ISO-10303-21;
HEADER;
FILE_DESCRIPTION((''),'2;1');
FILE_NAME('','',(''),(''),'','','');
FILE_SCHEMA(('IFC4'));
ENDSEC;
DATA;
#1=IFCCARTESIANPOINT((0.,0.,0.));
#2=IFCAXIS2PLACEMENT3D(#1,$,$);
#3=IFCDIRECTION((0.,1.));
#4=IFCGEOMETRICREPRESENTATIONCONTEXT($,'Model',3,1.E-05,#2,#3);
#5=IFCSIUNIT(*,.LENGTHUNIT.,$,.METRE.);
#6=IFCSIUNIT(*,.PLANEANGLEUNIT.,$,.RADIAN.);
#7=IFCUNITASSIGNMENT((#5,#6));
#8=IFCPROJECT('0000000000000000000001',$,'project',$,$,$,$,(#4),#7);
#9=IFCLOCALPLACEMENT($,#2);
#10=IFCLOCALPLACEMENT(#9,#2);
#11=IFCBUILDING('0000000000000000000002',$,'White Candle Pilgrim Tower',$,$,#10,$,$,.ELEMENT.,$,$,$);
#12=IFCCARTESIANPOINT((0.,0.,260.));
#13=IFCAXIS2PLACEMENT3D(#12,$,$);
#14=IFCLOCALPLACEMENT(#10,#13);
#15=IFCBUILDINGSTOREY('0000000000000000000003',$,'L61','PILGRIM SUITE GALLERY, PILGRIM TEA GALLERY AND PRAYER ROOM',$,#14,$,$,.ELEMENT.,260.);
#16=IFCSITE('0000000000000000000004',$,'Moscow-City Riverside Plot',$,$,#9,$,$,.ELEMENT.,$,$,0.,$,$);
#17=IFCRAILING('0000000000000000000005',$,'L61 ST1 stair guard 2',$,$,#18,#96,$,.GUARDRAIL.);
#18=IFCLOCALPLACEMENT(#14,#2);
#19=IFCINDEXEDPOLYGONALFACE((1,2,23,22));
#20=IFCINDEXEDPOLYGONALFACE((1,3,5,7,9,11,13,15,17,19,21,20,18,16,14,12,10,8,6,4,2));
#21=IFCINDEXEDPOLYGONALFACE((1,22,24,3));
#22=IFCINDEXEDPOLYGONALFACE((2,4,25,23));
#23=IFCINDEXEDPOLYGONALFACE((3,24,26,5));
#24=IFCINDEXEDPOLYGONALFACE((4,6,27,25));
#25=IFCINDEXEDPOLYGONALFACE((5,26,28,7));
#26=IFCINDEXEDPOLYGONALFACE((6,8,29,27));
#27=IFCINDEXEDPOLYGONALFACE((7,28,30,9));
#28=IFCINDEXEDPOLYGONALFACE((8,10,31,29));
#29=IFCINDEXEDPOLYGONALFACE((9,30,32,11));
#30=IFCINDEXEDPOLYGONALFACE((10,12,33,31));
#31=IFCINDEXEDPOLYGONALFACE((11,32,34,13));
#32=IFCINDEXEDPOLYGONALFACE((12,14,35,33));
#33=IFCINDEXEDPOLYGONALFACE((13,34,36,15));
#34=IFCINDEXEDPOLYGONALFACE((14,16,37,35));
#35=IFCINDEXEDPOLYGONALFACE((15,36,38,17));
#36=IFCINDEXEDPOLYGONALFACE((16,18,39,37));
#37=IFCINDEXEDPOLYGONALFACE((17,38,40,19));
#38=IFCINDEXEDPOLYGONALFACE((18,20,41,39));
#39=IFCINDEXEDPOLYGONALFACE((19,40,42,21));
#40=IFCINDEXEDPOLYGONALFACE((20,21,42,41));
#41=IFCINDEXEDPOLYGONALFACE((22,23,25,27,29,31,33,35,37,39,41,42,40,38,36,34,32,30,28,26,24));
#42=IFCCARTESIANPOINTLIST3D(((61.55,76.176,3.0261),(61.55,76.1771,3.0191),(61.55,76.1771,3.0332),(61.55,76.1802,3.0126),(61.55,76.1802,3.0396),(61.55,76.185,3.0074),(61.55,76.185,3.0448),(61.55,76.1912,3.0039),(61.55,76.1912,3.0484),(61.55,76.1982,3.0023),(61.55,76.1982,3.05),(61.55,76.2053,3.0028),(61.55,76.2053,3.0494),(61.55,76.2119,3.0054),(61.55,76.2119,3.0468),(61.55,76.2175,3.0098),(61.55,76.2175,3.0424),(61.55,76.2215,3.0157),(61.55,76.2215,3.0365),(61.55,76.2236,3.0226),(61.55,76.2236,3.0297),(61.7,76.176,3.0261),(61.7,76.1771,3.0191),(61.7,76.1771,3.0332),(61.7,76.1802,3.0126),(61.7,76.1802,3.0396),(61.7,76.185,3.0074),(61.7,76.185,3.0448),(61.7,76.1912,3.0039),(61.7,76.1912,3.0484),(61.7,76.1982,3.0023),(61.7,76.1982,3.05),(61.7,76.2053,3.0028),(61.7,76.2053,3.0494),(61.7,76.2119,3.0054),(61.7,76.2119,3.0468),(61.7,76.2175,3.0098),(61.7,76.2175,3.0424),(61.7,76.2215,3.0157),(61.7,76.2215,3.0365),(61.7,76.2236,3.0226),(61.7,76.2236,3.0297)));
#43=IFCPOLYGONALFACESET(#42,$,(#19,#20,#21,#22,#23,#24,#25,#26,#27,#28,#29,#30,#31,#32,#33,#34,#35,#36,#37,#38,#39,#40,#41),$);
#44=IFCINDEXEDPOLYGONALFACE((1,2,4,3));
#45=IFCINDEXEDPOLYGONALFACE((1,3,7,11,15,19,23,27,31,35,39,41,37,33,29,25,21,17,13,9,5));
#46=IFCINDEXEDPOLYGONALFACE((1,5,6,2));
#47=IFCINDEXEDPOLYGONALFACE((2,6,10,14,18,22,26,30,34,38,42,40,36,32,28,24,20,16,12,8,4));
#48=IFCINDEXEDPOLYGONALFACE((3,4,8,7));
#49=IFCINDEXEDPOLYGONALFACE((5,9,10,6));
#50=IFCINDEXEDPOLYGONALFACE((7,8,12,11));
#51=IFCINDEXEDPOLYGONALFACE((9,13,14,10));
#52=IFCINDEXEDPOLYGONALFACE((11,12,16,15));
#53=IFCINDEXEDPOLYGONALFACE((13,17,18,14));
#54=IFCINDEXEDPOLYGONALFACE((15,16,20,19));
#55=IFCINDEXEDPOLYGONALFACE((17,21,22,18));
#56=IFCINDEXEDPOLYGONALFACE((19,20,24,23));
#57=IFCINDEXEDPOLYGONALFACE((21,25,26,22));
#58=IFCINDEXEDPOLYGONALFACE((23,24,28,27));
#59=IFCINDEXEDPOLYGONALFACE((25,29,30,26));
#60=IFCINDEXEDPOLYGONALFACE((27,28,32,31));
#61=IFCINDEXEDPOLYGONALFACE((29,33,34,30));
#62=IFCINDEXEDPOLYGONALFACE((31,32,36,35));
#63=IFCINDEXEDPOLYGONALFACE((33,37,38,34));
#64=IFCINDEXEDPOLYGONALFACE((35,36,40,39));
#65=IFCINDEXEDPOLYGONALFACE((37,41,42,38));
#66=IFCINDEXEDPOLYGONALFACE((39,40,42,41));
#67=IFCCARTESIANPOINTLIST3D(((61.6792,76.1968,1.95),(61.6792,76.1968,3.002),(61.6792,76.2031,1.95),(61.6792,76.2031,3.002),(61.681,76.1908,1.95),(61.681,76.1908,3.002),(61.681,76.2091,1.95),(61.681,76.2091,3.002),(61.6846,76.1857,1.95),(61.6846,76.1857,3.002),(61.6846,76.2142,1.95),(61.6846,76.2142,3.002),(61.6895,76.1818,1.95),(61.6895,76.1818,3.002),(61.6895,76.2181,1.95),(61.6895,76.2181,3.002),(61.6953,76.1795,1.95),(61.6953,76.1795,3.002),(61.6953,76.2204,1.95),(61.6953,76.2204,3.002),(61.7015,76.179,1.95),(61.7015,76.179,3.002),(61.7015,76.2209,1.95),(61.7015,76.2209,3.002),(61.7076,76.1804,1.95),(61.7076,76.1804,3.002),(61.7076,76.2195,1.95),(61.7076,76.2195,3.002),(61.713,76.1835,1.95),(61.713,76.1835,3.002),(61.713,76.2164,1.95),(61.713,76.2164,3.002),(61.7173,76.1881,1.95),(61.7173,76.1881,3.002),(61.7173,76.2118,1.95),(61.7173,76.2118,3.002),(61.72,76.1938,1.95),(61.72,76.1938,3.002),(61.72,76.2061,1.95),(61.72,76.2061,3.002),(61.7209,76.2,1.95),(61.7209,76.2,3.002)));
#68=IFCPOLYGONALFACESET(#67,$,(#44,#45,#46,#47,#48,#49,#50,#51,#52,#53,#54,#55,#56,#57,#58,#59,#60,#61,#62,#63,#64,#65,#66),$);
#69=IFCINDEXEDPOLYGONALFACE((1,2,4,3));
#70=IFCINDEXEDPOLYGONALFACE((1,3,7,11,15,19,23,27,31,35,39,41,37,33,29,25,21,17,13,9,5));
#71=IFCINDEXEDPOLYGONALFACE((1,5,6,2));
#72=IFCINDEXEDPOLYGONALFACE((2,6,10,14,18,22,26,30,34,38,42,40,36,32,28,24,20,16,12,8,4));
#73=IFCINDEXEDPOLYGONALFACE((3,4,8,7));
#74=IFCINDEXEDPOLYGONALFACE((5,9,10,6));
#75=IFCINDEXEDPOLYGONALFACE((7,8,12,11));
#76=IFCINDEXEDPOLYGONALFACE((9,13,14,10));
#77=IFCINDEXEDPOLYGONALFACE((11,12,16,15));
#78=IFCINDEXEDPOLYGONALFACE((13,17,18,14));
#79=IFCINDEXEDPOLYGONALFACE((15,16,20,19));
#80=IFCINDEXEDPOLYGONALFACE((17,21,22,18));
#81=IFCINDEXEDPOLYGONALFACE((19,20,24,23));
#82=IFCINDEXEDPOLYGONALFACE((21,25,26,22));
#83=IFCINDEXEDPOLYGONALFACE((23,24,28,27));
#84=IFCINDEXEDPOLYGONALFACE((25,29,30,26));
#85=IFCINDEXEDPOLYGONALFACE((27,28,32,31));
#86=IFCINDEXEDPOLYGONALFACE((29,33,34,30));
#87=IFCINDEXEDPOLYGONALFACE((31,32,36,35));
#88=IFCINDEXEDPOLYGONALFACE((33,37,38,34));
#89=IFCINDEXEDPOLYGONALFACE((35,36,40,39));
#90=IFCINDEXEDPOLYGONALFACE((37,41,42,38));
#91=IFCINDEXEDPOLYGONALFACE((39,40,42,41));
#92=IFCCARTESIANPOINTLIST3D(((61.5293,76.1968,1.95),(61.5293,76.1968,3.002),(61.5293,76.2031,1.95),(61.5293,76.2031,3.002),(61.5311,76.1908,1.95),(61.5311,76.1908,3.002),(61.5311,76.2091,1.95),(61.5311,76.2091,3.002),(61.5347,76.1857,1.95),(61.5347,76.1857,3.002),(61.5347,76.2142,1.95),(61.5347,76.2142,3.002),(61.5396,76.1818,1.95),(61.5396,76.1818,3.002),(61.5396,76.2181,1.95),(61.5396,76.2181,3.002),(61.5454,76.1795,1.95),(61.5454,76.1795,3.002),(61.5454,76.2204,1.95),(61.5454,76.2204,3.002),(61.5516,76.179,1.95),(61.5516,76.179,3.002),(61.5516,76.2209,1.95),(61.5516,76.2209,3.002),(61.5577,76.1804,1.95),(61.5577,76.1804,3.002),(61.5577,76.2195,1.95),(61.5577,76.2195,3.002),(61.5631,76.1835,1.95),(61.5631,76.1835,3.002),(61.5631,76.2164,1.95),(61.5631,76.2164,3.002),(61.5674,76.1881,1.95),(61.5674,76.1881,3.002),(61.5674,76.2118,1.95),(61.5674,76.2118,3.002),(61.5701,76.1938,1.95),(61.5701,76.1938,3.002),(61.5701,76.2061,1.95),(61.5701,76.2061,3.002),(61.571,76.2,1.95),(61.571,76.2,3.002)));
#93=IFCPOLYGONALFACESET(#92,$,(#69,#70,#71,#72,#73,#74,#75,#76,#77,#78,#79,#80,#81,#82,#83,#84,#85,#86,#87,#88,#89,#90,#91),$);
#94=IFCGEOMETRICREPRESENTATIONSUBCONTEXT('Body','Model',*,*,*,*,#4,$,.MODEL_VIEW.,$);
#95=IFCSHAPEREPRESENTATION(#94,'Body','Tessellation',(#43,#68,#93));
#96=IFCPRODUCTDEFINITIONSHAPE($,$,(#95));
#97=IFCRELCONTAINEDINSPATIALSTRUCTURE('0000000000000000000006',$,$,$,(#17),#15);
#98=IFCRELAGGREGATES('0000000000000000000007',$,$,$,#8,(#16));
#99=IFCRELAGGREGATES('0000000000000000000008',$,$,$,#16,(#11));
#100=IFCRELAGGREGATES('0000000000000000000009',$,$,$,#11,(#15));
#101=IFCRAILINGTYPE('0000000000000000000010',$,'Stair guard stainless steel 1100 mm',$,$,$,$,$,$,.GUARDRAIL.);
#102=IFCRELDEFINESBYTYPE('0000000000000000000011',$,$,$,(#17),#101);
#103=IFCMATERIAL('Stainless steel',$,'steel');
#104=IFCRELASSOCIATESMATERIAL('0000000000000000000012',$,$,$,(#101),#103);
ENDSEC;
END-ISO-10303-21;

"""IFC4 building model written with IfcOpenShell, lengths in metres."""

from ifc_helpers import new_model, si_unit, direction, frame, origin, origin_2d, place, context, subcontext, project, spatial, circle, extrude, material, type_object, element, save


model = new_model("IFC4")

# Units and contexts
model_context = context("Model", 3, precision=1e-05, world=origin(), true_north=direction((0.0, 1.0)))
body_context = subcontext(model_context, "Body", "Model", "MODEL_VIEW")
ifc_project = project(units=[si_unit("LENGTHUNIT", "METRE"), si_unit("PLANEANGLEUNIT", "RADIAN")], contexts=[model_context])

# Site, building, storey
site_placement = place(None, origin())
site = spatial("IfcSite", under=ifc_project, at=site_placement, Name="Moscow-City Riverside Plot", CompositionType="ELEMENT", RefElevation=0.0)
building_placement = place(site_placement, origin())
building = spatial("IfcBuilding", under=site, at=building_placement, Name="White Candle Pilgrim Tower", CompositionType="ELEMENT")
storey_placement = place(building_placement, frame((0.0, 0.0, 260.0)))
storey = spatial("IfcBuildingStorey", under=building, at=storey_placement, Name="L61", Description="PILGRIM SUITE GALLERY, PILGRIM TEA GALLERY AND PRAYER ROOM", CompositionType="ELEMENT", Elevation=260.0)

# Shared definitions
ifc_material_1 = material(Name="Stainless steel", Category="steel")

# Railing
railing_type_1 = type_object("IfcRailingType", Name="Stair guard stainless steel 1100 mm", PredefinedType="GUARDRAIL", material=ifc_material_1)
railing_1_placement = place(storey_placement, frame((61.7, 76.2, 1.95)))
element("IfcRailing", 1, at=railing_1_placement, inside=storey, type_object=railing_type_1, Name="L61 ST1 stair guard 2", PredefinedType="GUARDRAIL", context=body_context, shape_type="SweptSolid", body=[
    extrude(circle(Radius=0.0239, at=origin_2d()), frame((0.0, 0.0, 1.0762), z_axis=(-1.0, 0.0, 0.0), x_axis=(0.0, -1.0, 0.0)), (0.0, 0.0, 1.0), 0.1499),
    extrude(circle(Radius=0.021, at=origin_2d()), origin(), (0.0, 0.0, 1.0), 1.052),
    extrude(circle(Radius=0.021, at=origin_2d()), frame((-0.1499, 0.0, 0.0)), (0.0, 0.0, 1.0), 1.052),
])

save(model, "model.ifc")
